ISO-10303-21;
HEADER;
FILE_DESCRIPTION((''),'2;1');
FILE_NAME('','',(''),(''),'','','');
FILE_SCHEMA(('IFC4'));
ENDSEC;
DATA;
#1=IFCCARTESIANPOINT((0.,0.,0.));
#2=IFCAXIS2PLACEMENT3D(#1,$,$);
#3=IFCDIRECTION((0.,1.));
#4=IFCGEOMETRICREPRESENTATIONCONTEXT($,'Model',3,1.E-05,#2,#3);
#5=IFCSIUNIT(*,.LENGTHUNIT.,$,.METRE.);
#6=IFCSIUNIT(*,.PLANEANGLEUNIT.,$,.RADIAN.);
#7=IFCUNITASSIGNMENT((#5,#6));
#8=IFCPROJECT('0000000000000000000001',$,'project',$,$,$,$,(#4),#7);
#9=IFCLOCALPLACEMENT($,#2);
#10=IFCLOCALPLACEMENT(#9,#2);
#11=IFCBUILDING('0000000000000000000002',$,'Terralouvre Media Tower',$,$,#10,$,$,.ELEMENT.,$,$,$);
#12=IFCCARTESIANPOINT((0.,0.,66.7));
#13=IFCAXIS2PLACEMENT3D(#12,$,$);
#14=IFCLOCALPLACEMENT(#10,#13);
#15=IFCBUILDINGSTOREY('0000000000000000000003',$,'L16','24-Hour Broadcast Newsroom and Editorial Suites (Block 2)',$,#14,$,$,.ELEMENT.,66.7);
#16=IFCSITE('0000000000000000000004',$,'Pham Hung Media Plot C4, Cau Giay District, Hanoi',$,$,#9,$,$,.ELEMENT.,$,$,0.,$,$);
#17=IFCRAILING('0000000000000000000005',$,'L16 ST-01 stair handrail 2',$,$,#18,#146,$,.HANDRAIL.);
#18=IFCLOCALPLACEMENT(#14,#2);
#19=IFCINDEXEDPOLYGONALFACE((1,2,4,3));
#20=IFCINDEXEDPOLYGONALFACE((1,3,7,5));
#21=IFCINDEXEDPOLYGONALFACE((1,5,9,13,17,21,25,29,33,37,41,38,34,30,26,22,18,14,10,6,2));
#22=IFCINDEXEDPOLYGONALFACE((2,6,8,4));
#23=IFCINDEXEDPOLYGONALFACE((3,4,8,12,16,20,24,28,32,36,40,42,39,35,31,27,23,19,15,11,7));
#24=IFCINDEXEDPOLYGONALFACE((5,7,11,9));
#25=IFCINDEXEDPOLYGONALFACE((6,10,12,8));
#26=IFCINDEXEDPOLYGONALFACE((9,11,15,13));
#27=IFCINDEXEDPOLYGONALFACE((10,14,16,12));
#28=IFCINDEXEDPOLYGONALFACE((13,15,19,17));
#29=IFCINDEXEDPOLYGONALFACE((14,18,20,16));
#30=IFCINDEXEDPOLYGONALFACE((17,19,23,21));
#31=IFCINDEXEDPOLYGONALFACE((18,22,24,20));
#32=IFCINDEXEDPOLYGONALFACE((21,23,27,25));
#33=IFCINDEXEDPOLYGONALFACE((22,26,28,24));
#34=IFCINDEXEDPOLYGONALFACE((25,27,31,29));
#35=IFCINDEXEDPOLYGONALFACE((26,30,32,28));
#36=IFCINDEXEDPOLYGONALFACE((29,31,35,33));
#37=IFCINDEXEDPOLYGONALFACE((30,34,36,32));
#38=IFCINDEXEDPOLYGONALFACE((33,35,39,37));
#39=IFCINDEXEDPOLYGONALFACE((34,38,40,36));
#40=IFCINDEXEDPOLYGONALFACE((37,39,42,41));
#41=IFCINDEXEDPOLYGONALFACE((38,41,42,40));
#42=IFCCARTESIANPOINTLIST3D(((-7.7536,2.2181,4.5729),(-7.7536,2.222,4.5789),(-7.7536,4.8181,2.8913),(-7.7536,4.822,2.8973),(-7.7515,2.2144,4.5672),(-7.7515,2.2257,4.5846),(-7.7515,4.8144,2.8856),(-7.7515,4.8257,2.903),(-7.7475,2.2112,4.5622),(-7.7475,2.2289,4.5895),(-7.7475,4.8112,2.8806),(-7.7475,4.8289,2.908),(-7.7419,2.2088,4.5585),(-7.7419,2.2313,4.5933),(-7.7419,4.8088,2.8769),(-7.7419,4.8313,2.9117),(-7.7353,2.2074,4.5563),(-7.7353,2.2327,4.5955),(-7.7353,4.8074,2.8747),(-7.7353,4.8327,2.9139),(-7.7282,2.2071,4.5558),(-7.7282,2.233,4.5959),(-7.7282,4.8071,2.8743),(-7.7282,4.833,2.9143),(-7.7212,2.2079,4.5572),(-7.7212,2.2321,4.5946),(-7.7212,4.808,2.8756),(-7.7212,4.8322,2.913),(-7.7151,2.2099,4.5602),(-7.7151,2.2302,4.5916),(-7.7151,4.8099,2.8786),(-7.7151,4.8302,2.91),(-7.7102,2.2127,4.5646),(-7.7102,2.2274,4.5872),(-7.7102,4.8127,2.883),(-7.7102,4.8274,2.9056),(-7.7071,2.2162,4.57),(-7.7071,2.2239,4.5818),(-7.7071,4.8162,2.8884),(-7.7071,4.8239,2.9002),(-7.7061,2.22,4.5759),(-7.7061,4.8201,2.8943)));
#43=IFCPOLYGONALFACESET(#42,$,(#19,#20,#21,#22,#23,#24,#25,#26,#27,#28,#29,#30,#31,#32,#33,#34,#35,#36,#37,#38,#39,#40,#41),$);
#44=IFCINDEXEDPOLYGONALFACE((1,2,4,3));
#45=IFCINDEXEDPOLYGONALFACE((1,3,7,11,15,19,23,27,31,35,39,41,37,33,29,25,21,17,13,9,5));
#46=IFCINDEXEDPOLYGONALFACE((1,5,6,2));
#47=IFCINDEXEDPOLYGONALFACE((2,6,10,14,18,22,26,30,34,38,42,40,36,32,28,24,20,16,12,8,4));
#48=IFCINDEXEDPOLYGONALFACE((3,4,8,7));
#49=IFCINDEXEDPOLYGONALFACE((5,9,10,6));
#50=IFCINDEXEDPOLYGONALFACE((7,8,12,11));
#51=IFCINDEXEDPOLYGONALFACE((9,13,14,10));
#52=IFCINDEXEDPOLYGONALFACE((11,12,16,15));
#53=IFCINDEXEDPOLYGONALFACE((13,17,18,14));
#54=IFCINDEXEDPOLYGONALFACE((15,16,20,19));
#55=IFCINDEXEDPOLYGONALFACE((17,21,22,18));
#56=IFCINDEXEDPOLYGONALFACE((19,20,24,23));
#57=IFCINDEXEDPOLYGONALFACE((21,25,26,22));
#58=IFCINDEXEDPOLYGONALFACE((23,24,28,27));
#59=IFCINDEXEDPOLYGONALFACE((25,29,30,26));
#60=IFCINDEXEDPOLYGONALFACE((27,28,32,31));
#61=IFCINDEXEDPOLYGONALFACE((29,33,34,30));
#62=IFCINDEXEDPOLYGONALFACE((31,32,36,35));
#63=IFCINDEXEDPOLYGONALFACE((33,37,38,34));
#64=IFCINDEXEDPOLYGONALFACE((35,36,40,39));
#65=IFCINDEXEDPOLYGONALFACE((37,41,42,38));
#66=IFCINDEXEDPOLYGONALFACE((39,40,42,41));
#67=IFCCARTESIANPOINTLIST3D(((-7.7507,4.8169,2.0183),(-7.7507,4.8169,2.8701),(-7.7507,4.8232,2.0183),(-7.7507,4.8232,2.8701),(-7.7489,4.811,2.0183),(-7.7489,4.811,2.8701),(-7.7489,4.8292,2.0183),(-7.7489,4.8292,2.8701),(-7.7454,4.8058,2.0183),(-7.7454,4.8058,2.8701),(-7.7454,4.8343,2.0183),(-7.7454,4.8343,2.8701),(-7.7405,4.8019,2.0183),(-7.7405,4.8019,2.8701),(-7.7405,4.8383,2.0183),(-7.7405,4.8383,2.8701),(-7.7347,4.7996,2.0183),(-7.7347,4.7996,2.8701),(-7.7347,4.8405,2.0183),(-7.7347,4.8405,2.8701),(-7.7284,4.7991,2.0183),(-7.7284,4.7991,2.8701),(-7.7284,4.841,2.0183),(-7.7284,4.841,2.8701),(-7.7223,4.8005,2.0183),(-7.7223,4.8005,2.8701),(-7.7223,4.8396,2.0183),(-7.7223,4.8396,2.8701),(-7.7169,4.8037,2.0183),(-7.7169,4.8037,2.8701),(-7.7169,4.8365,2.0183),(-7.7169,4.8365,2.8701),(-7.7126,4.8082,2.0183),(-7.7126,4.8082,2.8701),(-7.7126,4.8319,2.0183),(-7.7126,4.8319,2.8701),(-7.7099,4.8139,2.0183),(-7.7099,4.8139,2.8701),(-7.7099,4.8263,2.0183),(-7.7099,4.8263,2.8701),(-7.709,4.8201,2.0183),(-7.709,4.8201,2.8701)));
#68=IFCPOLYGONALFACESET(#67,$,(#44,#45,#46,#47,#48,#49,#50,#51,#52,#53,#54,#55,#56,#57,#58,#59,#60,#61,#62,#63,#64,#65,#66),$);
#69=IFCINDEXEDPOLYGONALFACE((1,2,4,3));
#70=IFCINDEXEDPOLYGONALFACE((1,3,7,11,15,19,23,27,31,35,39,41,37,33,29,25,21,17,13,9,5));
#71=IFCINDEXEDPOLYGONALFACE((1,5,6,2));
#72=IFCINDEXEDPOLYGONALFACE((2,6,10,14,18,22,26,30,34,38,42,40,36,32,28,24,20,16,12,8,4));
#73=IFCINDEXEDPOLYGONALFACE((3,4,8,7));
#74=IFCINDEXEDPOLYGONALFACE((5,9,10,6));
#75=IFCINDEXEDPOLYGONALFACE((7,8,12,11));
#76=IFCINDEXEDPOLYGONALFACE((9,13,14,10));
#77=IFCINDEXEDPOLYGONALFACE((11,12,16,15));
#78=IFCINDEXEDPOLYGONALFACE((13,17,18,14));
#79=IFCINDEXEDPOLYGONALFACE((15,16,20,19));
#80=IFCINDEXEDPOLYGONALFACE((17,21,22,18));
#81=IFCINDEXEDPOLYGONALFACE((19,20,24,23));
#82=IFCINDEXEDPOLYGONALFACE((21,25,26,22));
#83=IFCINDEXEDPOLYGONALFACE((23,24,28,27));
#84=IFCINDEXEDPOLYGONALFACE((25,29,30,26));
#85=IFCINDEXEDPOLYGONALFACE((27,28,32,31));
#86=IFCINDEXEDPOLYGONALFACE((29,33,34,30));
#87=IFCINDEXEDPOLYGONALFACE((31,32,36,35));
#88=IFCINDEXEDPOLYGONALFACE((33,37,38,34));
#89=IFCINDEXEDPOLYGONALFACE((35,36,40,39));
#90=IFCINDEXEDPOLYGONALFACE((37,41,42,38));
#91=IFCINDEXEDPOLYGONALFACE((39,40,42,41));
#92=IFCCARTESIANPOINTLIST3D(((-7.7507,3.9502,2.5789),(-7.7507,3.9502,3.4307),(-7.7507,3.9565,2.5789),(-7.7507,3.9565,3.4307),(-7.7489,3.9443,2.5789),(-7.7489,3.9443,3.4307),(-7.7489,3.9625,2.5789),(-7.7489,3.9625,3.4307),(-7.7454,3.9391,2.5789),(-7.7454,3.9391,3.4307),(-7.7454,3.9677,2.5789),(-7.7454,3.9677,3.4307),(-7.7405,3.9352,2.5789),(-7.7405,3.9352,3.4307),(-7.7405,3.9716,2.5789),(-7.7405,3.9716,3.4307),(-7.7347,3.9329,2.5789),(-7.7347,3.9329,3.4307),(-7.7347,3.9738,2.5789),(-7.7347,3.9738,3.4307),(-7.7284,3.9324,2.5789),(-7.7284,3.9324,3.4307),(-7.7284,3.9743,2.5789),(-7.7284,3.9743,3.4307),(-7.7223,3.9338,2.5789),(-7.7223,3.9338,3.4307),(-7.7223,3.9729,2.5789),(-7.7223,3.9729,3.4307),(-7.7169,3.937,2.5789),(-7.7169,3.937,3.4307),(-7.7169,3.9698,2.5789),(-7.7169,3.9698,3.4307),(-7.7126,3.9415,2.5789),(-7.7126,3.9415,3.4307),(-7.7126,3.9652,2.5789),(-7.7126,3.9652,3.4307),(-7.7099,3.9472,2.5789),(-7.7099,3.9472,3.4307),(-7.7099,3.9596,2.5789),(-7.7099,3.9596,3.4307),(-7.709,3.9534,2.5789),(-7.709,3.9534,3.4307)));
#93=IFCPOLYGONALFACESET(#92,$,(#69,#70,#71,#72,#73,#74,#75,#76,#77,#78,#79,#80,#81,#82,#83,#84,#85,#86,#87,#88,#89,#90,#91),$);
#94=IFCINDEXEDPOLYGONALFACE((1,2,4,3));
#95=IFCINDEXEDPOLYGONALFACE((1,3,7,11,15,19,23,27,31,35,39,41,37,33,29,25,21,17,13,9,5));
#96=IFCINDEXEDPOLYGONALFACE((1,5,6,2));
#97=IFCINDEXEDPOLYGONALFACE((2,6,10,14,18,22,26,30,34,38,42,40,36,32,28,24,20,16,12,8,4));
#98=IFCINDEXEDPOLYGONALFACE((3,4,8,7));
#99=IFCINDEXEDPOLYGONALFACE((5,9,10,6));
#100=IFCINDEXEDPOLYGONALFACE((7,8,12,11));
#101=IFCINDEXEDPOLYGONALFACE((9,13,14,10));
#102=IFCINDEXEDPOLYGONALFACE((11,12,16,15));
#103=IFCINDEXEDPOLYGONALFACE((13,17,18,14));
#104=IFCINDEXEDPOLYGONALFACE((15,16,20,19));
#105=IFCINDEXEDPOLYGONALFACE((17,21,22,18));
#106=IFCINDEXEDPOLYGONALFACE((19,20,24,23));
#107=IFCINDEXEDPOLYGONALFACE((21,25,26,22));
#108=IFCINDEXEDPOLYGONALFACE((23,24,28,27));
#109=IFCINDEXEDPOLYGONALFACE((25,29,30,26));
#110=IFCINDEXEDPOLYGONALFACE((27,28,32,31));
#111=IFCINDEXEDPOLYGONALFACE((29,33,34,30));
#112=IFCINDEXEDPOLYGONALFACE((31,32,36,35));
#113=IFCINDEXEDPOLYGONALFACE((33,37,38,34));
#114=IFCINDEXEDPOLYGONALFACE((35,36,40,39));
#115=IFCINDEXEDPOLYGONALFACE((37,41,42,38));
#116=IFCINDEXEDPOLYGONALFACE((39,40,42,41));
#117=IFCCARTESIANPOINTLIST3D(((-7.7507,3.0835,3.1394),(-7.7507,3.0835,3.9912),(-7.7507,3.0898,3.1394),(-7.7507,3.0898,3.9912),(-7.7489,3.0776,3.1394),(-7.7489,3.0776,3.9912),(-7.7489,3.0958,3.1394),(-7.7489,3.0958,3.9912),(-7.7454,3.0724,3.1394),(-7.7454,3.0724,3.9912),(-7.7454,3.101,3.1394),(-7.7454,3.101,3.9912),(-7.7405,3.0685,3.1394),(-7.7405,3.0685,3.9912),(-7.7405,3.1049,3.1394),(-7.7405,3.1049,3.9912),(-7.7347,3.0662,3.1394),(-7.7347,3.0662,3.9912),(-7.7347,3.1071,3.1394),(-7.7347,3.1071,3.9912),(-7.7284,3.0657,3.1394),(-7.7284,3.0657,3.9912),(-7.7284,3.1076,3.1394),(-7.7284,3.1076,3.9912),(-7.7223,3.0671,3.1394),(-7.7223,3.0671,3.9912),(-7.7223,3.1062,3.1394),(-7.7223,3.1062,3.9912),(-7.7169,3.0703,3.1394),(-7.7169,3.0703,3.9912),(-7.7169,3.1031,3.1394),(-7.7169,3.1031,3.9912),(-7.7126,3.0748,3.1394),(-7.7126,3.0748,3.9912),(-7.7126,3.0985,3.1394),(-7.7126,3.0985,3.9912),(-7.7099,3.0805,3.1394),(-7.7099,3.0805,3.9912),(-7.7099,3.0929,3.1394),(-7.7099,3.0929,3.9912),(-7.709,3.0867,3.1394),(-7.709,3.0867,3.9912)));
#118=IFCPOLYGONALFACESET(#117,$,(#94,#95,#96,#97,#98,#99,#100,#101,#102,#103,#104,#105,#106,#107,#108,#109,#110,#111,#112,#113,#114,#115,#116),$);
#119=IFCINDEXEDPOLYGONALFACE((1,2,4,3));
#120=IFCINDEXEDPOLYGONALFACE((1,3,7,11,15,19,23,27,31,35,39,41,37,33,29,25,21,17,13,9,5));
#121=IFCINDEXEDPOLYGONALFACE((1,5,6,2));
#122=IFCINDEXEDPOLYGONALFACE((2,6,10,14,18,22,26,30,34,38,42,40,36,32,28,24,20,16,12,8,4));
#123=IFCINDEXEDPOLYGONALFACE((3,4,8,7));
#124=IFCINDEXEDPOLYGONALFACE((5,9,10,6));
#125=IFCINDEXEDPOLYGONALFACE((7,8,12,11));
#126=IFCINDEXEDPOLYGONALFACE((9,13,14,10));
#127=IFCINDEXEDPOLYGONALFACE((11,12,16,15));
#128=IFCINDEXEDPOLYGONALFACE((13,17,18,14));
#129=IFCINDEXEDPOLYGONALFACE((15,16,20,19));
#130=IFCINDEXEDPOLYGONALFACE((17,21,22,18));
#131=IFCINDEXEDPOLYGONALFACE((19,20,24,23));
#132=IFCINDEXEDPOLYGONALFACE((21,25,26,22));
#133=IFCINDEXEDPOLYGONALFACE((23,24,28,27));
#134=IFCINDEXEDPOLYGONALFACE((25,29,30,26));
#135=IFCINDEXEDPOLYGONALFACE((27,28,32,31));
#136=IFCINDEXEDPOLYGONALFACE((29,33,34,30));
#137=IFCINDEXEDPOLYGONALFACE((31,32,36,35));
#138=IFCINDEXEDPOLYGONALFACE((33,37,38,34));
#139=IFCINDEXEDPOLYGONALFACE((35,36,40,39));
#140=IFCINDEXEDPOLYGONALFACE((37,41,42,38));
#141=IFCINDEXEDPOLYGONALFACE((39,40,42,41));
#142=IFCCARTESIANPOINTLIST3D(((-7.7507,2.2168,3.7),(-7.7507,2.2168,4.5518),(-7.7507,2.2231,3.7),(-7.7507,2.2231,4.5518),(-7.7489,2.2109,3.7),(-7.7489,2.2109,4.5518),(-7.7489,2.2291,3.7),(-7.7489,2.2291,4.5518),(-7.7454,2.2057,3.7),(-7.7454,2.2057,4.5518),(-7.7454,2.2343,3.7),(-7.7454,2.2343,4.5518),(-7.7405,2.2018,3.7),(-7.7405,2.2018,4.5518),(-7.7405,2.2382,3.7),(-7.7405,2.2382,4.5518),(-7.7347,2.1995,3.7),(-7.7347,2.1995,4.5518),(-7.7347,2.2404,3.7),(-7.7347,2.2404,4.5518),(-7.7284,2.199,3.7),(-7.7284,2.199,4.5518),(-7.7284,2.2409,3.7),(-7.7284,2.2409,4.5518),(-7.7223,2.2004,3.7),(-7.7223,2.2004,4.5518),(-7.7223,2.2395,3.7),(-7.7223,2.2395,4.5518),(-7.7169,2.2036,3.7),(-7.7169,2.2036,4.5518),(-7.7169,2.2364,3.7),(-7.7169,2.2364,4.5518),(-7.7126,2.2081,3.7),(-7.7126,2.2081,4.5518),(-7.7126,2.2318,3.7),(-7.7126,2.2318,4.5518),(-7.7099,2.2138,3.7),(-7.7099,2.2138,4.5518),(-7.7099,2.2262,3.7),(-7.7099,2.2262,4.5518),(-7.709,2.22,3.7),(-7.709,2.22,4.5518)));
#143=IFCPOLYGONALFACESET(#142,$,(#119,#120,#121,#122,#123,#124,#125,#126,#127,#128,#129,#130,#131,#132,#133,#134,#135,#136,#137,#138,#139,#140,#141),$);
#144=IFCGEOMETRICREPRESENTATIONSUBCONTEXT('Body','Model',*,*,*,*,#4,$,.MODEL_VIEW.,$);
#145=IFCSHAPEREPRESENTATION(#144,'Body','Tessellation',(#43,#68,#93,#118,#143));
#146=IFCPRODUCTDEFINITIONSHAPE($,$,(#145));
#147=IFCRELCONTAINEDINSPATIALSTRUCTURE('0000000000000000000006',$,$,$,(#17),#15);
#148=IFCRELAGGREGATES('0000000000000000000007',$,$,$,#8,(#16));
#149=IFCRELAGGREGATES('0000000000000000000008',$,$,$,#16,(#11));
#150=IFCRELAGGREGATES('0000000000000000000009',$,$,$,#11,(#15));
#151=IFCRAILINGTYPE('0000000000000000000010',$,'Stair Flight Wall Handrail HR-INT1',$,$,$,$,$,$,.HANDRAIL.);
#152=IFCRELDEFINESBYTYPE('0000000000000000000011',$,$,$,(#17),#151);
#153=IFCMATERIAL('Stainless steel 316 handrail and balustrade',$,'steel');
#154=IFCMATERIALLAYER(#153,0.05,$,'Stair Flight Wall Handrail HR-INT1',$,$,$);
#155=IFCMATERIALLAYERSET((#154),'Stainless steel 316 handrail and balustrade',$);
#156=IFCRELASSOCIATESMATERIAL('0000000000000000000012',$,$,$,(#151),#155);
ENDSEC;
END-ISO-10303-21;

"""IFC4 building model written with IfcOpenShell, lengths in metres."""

from ifc_helpers import new_model, si_unit, direction, frame, origin, origin_2d, place, context, subcontext, project, spatial, circle, extrude, material, layer, layer_set, type_object, element, save


model = new_model("IFC4")

# Units and contexts
model_context = context("Model", 3, precision=1e-05, world=origin(), true_north=direction((0.0, 1.0)))
body_context = subcontext(model_context, "Body", "Model", "MODEL_VIEW")
ifc_project = project(units=[si_unit("LENGTHUNIT", "METRE"), si_unit("PLANEANGLEUNIT", "RADIAN")], contexts=[model_context])

# Site, building, storey
site_placement = place(None, origin())
site = spatial("IfcSite", under=ifc_project, at=site_placement, Name="Pham Hung Media Plot C4, Cau Giay District, Hanoi", CompositionType="ELEMENT", RefElevation=0.0)
building_placement = place(site_placement, origin())
building = spatial("IfcBuilding", under=site, at=building_placement, Name="Terralouvre Media Tower", CompositionType="ELEMENT")
storey_placement = place(building_placement, frame((0.0, 0.0, 66.7)))
storey = spatial("IfcBuildingStorey", under=building, at=storey_placement, Name="L16", Description="24-Hour Broadcast Newsroom and Editorial Suites (Block 2)", CompositionType="ELEMENT", Elevation=66.7)

# Railing
ifc_material_1 = material(Name="Stainless steel 316 handrail and balustrade", Category="steel")
ifc_layer_1 = layer(ifc_material_1, 0.05, Name="Stair Flight Wall Handrail HR-INT1")
ifc_layer_set_1 = layer_set([ifc_layer_1], Name="Stainless steel 316 handrail and balustrade")
railing_type_1 = type_object("IfcRailingType", Name="Stair Flight Wall Handrail HR-INT1", PredefinedType="HANDRAIL", material=ifc_layer_set_1)
railing_1_placement = place(storey_placement, frame((-7.73, 4.8201, 2.0183)))
element("IfcRailing", 1, at=railing_1_placement, inside=storey, type_object=railing_type_1, Name="L16 ST-01 stair handrail 2", PredefinedType="HANDRAIL", context=body_context, shape_type="SweptSolid", body=[
    extrude(circle(Radius=0.0239, at=origin_2d()), frame((0.0, 0.0, 0.876), z_axis=(0.0, -0.839684, 0.543075), x_axis=(1.0, 0.0, 0.0)), (0.0, 0.0, 1.0), 3.0964),
    extrude(circle(Radius=0.021, at=origin_2d()), origin(), (0.0, 0.0, 1.0), 0.8518),
    extrude(circle(Radius=0.021, at=origin_2d()), frame((0.0, -0.8667, 0.5605)), (0.0, 0.0, 1.0), 0.8518),
    extrude(circle(Radius=0.021, at=origin_2d()), frame((0.0, -1.7334, 1.1211)), (0.0, 0.0, 1.0), 0.8518),
    extrude(circle(Radius=0.021, at=origin_2d()), frame((0.0, -2.6001, 1.6816)), (0.0, 0.0, 1.0), 0.8518),
])

save(model, "model.ifc")
